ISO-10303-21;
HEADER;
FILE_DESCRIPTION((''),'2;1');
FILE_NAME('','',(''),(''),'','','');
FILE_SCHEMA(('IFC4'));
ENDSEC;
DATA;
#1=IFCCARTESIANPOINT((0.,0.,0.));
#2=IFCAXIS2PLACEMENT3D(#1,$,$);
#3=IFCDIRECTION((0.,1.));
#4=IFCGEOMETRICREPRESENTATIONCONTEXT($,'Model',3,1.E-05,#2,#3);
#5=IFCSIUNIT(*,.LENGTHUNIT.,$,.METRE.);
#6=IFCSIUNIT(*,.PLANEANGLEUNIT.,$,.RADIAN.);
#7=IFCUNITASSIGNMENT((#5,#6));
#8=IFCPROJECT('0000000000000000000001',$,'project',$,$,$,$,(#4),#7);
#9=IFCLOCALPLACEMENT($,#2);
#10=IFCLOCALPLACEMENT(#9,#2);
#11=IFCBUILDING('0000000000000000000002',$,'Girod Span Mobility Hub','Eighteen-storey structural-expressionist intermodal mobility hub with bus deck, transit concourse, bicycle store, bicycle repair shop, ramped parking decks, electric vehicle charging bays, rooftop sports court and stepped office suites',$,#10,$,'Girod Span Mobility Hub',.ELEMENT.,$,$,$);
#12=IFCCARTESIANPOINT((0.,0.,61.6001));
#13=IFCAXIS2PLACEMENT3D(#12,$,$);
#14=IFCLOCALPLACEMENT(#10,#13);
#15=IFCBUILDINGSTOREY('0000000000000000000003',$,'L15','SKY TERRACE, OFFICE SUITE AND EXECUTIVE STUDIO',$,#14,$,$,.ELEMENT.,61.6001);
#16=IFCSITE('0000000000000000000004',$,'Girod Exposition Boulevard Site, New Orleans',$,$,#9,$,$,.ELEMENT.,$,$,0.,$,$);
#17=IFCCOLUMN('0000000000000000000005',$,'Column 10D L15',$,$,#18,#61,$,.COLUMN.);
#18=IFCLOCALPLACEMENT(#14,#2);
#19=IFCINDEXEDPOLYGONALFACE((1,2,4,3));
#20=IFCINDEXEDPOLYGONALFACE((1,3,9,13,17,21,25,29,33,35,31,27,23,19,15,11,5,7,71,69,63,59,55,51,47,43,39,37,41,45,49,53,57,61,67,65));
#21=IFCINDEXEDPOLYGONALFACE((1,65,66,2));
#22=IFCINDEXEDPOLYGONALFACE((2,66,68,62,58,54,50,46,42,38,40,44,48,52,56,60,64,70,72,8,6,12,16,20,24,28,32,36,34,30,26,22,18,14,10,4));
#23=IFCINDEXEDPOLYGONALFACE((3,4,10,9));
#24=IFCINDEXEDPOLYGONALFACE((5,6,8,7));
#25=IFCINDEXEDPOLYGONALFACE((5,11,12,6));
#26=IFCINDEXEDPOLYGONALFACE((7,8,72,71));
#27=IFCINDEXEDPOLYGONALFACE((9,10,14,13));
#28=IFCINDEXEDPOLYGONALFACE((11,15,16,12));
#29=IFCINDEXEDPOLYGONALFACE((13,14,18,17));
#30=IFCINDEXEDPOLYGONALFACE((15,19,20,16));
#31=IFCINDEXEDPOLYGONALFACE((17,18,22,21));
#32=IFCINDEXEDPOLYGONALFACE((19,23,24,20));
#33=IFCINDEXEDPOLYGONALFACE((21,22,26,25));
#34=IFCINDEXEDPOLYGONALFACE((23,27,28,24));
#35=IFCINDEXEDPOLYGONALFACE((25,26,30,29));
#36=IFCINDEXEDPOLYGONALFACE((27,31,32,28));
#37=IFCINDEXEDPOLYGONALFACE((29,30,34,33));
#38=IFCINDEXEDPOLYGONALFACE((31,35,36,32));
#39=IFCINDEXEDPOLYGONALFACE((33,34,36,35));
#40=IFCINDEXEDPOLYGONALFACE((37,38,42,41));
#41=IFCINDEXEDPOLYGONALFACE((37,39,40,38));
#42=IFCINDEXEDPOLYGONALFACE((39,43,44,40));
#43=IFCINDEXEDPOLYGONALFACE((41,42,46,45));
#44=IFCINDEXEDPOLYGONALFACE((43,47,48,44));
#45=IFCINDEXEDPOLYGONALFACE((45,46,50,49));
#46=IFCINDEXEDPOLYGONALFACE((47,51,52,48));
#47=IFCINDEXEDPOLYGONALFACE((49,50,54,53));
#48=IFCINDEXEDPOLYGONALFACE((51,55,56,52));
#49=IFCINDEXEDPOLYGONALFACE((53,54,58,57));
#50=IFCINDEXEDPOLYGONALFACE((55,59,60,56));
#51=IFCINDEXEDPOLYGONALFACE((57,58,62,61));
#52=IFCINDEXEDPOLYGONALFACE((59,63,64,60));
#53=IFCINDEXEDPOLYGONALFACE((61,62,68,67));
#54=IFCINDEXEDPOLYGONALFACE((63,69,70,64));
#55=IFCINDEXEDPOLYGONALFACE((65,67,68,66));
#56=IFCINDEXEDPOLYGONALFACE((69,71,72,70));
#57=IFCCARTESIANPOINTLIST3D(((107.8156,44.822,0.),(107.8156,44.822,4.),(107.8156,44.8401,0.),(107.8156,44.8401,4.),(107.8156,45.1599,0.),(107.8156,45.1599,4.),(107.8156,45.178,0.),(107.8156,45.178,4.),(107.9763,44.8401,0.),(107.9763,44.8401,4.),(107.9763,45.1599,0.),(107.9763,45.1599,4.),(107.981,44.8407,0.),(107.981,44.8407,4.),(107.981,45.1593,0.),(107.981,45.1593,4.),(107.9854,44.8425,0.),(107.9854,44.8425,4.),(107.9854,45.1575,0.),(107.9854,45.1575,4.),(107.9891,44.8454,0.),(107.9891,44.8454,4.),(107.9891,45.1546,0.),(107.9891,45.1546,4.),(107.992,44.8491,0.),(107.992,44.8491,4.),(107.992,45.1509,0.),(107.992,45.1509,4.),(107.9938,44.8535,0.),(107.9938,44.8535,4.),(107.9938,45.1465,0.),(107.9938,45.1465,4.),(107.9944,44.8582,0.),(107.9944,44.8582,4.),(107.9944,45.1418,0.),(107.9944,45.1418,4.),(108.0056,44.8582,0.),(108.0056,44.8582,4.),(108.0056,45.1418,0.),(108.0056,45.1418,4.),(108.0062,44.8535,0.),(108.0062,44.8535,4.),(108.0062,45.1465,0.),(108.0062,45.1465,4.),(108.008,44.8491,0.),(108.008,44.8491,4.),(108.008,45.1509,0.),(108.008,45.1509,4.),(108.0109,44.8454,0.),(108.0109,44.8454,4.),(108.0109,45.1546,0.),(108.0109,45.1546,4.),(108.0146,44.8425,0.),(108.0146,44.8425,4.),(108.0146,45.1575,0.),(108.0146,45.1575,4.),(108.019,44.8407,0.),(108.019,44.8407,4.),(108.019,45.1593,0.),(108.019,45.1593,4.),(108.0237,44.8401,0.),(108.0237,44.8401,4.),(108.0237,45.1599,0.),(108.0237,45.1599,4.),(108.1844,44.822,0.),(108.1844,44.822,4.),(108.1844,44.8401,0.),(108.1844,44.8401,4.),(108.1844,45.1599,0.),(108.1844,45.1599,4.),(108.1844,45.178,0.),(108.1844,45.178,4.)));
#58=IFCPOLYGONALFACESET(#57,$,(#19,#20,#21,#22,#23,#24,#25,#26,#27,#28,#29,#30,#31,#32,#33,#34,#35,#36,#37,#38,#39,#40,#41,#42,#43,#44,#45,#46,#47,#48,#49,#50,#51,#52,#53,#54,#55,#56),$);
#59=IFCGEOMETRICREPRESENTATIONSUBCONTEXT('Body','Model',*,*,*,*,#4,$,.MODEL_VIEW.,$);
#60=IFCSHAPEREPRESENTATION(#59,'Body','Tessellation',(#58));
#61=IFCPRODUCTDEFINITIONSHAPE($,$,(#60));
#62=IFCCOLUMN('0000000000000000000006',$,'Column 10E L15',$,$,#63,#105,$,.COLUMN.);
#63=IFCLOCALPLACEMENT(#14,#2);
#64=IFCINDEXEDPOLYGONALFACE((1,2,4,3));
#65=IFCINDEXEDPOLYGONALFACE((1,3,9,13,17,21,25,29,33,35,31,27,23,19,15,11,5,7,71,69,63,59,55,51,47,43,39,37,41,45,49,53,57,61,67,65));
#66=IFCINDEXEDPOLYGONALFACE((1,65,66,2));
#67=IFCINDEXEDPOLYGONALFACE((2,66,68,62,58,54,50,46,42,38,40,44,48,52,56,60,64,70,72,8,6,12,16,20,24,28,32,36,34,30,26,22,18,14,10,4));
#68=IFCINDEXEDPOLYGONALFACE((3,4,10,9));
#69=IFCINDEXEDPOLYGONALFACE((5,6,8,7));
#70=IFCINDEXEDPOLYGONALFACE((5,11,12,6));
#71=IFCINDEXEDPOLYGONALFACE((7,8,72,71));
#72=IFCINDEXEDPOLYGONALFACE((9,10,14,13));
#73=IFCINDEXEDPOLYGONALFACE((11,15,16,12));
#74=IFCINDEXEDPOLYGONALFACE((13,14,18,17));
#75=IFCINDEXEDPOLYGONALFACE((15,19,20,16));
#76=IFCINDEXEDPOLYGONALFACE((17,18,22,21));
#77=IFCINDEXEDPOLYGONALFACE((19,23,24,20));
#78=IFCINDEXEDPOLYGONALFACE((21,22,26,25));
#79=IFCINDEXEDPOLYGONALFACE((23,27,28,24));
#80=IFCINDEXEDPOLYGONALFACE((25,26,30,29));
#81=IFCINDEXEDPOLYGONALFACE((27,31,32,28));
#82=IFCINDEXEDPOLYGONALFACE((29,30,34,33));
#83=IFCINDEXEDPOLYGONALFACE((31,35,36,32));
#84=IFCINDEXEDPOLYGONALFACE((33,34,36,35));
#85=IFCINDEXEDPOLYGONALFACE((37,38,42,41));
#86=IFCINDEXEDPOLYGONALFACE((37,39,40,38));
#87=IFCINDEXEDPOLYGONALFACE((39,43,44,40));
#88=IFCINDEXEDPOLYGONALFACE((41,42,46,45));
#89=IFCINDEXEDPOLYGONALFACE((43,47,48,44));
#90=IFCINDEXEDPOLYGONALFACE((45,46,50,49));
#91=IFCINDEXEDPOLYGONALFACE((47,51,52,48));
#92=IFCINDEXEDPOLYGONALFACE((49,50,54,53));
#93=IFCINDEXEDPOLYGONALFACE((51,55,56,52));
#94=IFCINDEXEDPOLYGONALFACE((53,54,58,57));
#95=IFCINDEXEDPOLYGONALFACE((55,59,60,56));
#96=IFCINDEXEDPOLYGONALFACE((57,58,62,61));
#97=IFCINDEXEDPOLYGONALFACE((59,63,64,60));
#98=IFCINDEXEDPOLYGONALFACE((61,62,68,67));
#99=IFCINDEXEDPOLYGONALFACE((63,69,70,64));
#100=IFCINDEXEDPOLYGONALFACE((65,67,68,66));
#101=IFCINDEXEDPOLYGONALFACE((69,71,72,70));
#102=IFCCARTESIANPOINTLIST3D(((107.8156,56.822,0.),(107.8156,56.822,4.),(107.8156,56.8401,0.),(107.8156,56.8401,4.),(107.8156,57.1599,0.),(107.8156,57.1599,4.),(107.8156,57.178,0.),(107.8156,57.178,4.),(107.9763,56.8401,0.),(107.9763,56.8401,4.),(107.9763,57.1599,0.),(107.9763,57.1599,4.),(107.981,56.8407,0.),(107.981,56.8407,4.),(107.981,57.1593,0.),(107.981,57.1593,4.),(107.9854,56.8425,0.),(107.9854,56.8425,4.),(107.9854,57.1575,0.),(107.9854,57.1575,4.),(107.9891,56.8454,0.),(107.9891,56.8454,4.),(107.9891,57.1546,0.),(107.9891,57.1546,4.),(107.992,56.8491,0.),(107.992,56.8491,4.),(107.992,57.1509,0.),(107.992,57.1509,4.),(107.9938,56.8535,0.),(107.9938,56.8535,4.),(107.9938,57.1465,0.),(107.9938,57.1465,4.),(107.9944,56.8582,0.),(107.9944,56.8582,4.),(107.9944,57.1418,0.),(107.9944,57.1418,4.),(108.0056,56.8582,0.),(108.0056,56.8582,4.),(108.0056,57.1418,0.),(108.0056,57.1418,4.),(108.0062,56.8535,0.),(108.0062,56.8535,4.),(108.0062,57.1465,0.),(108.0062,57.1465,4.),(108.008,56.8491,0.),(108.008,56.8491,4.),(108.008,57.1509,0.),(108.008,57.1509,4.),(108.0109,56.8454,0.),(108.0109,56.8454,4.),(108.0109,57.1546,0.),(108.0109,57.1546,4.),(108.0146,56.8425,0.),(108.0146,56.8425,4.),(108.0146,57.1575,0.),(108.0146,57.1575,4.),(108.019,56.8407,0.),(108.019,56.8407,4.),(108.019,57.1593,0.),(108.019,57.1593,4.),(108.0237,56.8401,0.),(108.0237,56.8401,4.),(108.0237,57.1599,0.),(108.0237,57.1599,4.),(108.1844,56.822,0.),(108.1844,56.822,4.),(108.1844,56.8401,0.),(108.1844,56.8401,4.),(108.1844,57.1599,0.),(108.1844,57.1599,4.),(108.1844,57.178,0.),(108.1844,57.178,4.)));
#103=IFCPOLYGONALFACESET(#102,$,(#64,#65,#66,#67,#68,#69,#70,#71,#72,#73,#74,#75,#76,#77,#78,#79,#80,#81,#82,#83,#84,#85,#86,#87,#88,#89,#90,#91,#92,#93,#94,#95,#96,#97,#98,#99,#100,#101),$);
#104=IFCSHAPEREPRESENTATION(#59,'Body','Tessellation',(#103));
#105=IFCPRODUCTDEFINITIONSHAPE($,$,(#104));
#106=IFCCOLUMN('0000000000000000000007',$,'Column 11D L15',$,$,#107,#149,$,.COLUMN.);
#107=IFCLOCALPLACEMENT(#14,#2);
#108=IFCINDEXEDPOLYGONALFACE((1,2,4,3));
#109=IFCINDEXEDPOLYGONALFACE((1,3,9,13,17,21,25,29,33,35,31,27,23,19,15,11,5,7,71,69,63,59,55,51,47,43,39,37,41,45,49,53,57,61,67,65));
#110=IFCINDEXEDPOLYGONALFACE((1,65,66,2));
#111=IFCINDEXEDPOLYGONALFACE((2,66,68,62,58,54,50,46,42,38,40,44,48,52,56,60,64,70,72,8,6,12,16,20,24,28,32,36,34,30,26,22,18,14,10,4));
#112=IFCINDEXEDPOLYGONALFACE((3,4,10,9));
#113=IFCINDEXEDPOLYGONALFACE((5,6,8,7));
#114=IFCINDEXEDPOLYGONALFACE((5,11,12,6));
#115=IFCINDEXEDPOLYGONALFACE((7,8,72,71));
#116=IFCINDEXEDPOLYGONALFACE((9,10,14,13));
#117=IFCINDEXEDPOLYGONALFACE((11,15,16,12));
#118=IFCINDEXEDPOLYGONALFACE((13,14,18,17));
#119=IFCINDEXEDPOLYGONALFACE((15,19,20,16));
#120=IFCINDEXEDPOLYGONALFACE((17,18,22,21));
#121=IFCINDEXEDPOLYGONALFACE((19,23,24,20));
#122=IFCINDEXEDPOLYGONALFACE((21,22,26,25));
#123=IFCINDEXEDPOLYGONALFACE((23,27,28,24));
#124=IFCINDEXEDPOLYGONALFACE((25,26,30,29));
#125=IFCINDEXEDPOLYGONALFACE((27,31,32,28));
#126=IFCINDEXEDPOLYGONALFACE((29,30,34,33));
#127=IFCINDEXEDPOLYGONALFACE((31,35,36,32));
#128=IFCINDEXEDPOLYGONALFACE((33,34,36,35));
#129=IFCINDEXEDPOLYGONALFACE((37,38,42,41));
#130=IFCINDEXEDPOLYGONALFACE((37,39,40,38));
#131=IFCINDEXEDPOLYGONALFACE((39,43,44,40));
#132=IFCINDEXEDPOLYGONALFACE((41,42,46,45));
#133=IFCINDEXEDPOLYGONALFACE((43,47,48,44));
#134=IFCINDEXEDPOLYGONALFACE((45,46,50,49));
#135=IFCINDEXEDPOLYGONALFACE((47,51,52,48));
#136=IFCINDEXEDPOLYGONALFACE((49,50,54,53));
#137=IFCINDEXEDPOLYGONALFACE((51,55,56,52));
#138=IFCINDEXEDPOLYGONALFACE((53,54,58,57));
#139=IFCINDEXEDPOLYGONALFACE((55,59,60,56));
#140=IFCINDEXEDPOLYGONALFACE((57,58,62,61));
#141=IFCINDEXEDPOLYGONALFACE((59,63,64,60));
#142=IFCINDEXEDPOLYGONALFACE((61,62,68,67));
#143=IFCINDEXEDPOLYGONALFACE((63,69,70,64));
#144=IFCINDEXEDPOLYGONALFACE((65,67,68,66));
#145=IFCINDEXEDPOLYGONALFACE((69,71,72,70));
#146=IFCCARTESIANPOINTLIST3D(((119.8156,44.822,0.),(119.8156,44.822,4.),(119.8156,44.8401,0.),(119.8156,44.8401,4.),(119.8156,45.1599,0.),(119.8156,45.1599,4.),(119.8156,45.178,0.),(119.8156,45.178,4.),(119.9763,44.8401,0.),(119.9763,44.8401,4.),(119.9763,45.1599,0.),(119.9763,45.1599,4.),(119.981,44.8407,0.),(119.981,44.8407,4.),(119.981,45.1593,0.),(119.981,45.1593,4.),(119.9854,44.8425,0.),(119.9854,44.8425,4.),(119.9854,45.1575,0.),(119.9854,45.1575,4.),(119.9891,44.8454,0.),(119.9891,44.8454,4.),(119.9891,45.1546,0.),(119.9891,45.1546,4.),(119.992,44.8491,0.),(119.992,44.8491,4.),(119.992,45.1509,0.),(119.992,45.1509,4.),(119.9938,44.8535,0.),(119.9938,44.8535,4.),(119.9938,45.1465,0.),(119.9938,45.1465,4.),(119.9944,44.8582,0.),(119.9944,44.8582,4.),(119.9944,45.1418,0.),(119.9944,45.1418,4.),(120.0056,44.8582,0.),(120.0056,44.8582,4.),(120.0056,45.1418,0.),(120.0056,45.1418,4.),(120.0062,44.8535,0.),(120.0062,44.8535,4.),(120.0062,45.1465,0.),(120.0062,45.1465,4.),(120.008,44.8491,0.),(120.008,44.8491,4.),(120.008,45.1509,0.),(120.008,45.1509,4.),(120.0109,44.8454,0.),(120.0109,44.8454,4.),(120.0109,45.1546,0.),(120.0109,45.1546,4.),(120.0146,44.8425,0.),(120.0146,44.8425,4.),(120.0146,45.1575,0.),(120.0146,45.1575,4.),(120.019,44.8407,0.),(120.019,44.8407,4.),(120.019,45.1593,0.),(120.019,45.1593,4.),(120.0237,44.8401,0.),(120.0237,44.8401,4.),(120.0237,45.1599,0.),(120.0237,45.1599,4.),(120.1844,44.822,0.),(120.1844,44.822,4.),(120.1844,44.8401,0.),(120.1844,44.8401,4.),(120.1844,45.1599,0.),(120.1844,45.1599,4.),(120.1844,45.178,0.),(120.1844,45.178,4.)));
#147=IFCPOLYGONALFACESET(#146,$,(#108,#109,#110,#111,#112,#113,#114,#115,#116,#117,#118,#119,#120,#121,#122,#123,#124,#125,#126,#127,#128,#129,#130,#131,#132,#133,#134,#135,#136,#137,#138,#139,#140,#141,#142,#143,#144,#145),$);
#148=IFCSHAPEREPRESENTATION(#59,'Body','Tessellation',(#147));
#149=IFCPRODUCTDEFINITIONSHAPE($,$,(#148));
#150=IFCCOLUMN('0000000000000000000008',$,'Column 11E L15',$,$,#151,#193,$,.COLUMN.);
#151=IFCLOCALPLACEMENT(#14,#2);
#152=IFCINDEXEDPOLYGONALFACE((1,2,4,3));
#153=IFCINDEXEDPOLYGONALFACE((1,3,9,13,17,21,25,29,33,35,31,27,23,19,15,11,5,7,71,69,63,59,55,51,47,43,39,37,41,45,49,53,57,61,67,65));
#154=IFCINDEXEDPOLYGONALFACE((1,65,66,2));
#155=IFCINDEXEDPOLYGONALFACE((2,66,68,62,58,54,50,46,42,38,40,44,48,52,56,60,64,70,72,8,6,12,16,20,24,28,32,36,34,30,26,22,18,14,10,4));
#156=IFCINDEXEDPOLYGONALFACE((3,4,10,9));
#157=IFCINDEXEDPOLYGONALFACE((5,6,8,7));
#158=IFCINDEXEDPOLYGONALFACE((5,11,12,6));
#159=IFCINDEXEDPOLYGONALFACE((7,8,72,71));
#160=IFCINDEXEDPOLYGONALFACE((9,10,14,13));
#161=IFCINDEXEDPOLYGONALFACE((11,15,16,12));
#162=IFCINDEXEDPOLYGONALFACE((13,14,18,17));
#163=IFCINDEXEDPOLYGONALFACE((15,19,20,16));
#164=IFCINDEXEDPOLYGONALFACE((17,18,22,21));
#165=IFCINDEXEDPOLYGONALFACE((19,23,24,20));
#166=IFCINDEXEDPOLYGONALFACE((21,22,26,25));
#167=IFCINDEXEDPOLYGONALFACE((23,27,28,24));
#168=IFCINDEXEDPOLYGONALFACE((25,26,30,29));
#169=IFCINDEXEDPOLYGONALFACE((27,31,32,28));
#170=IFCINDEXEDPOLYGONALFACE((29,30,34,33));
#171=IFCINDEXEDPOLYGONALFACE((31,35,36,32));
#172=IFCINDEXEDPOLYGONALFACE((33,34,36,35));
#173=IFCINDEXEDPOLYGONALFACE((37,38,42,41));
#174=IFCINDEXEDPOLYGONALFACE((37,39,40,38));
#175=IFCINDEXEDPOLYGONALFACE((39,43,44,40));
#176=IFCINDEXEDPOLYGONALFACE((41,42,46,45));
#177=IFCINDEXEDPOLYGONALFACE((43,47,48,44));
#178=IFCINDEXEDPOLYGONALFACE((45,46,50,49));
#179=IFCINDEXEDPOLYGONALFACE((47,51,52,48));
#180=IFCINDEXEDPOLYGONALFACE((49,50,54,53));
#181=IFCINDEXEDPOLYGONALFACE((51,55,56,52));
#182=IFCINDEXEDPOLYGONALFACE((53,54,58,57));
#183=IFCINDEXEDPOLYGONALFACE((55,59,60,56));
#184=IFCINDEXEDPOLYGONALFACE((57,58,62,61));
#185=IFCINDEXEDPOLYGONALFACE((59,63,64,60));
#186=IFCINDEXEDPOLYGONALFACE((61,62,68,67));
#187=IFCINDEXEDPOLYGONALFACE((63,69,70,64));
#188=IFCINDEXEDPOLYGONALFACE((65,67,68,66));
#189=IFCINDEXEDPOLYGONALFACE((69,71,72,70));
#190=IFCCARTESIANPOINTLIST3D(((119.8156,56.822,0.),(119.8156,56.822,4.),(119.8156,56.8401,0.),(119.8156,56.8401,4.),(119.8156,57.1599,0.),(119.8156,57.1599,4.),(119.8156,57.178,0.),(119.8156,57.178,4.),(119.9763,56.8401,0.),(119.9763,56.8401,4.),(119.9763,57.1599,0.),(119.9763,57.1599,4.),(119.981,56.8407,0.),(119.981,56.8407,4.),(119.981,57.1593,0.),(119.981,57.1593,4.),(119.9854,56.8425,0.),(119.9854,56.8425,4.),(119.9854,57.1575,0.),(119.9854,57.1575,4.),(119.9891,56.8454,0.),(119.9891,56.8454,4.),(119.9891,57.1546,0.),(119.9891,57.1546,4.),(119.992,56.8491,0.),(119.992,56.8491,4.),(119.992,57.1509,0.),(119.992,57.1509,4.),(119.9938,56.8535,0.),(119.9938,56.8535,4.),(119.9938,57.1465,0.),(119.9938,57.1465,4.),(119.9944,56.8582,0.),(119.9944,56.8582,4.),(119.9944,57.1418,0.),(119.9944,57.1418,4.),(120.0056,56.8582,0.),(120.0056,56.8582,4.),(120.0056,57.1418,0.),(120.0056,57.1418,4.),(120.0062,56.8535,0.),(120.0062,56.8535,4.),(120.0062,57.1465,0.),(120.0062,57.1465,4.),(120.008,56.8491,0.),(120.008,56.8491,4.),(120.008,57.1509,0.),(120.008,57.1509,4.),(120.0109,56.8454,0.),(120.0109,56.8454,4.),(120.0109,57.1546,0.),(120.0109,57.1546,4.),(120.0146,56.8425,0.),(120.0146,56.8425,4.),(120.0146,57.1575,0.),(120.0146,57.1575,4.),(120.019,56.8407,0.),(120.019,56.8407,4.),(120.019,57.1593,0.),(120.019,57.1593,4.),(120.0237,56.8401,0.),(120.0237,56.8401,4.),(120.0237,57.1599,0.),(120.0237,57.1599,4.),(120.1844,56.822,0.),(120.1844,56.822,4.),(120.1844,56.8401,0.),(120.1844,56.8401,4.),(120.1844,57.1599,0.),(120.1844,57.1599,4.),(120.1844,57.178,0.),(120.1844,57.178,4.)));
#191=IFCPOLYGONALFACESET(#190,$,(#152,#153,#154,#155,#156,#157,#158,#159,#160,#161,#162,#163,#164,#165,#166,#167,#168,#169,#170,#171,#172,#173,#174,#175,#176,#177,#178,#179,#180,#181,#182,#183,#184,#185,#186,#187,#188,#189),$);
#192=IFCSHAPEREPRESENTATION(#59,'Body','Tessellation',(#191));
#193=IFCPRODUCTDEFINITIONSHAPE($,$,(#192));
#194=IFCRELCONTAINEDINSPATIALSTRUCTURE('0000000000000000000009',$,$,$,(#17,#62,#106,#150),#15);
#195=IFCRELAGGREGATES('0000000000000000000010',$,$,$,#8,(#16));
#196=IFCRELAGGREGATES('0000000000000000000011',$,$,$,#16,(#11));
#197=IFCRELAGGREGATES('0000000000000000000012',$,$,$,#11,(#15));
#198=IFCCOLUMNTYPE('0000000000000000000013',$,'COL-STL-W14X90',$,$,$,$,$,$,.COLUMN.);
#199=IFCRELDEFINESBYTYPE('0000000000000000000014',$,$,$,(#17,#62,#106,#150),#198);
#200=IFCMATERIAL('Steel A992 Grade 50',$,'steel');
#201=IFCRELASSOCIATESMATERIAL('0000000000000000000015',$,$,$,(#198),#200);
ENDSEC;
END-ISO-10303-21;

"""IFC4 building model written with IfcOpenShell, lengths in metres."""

from ifc_helpers import new_model, si_unit, direction, frame, origin, origin_2d, place, context, subcontext, project, spatial, i_section, extrude, material, material_profile, profile_set, type_object, element, save


model = new_model("IFC4")

# Units and contexts
model_context = context("Model", 3, precision=1e-05, world=origin(), true_north=direction((0.0, 1.0)))
body_context = subcontext(model_context, "Body", "Model", "MODEL_VIEW")
ifc_project = project(units=[si_unit("LENGTHUNIT", "METRE"), si_unit("PLANEANGLEUNIT", "RADIAN")], contexts=[model_context])

# Site, building, storey
site_placement = place(None, origin())
site = spatial("IfcSite", under=ifc_project, at=site_placement, Name="Girod Exposition Boulevard Site, New Orleans", CompositionType="ELEMENT", RefElevation=0.0)
building_placement = place(site_placement, origin())
building = spatial("IfcBuilding", under=site, at=building_placement, Name="Girod Span Mobility Hub", Description="Eighteen-storey structural-expressionist intermodal mobility hub with bus deck, transit concourse, bicycle store, bicycle repair shop, ramped parking decks, electric vehicle charging bays, rooftop sports court and stepped office suites", LongName="Girod Span Mobility Hub", CompositionType="ELEMENT")
storey_placement = place(building_placement, frame((0.0, 0.0, 61.6001)))
storey = spatial("IfcBuildingStorey", under=building, at=storey_placement, Name="L15", Description="SKY TERRACE, OFFICE SUITE AND EXECUTIVE STUDIO", CompositionType="ELEMENT", Elevation=61.6001)

# Columns
ifc_material_1 = material(Name="Steel A992 Grade 50", Category="steel")
ifc_material_profile_1 = material_profile(ifc_material_1, i_section(OverallWidth=0.3689, OverallDepth=0.356, WebThickness=0.0112, FlangeThickness=0.0181, FilletRadius=0.0181, at=origin_2d()), Name="W14X90")
ifc_profile_set_1 = profile_set([ifc_material_profile_1], Name="Steel A992 Grade 50")
column_type = type_object("IfcColumnType", Name="COL-STL-W14X90", PredefinedType="COLUMN", material=ifc_profile_set_1)
for number, where, z_axis, x_axis, name in (
    (1, (108.0, 45.0, 0.0), (0.0, 0.0, 1.0), (1.0, 0.0, 0.0), "Column 10D L15"),
    (2, (108.0, 57.0, 0.0), (0.0, 0.0, 1.0), (1.0, 0.0, 0.0), "Column 10E L15"),
    (3, (120.0, 45.0, 0.0), (0.0, 0.0, 1.0), (1.0, 0.0, 0.0), "Column 11D L15"),
    (4, (120.0, 57.0, 0.0), (0.0, 0.0, 1.0), (1.0, 0.0, 0.0), "Column 11E L15"),
):
    element("IfcColumn", number, at=place(storey_placement, frame(where, z_axis=z_axis, x_axis=x_axis)), inside=storey, type_object=column_type, Name=name, PredefinedType="COLUMN", context=body_context, shape_type="SweptSolid", body=[
        extrude(i_section(OverallWidth=0.3689, OverallDepth=0.356, WebThickness=0.0112, FlangeThickness=0.0181, FilletRadius=0.0181, at=origin_2d()), origin(), (0.0, 0.0, 1.0), 4.0),
    ])

save(model, "model.ifc")
